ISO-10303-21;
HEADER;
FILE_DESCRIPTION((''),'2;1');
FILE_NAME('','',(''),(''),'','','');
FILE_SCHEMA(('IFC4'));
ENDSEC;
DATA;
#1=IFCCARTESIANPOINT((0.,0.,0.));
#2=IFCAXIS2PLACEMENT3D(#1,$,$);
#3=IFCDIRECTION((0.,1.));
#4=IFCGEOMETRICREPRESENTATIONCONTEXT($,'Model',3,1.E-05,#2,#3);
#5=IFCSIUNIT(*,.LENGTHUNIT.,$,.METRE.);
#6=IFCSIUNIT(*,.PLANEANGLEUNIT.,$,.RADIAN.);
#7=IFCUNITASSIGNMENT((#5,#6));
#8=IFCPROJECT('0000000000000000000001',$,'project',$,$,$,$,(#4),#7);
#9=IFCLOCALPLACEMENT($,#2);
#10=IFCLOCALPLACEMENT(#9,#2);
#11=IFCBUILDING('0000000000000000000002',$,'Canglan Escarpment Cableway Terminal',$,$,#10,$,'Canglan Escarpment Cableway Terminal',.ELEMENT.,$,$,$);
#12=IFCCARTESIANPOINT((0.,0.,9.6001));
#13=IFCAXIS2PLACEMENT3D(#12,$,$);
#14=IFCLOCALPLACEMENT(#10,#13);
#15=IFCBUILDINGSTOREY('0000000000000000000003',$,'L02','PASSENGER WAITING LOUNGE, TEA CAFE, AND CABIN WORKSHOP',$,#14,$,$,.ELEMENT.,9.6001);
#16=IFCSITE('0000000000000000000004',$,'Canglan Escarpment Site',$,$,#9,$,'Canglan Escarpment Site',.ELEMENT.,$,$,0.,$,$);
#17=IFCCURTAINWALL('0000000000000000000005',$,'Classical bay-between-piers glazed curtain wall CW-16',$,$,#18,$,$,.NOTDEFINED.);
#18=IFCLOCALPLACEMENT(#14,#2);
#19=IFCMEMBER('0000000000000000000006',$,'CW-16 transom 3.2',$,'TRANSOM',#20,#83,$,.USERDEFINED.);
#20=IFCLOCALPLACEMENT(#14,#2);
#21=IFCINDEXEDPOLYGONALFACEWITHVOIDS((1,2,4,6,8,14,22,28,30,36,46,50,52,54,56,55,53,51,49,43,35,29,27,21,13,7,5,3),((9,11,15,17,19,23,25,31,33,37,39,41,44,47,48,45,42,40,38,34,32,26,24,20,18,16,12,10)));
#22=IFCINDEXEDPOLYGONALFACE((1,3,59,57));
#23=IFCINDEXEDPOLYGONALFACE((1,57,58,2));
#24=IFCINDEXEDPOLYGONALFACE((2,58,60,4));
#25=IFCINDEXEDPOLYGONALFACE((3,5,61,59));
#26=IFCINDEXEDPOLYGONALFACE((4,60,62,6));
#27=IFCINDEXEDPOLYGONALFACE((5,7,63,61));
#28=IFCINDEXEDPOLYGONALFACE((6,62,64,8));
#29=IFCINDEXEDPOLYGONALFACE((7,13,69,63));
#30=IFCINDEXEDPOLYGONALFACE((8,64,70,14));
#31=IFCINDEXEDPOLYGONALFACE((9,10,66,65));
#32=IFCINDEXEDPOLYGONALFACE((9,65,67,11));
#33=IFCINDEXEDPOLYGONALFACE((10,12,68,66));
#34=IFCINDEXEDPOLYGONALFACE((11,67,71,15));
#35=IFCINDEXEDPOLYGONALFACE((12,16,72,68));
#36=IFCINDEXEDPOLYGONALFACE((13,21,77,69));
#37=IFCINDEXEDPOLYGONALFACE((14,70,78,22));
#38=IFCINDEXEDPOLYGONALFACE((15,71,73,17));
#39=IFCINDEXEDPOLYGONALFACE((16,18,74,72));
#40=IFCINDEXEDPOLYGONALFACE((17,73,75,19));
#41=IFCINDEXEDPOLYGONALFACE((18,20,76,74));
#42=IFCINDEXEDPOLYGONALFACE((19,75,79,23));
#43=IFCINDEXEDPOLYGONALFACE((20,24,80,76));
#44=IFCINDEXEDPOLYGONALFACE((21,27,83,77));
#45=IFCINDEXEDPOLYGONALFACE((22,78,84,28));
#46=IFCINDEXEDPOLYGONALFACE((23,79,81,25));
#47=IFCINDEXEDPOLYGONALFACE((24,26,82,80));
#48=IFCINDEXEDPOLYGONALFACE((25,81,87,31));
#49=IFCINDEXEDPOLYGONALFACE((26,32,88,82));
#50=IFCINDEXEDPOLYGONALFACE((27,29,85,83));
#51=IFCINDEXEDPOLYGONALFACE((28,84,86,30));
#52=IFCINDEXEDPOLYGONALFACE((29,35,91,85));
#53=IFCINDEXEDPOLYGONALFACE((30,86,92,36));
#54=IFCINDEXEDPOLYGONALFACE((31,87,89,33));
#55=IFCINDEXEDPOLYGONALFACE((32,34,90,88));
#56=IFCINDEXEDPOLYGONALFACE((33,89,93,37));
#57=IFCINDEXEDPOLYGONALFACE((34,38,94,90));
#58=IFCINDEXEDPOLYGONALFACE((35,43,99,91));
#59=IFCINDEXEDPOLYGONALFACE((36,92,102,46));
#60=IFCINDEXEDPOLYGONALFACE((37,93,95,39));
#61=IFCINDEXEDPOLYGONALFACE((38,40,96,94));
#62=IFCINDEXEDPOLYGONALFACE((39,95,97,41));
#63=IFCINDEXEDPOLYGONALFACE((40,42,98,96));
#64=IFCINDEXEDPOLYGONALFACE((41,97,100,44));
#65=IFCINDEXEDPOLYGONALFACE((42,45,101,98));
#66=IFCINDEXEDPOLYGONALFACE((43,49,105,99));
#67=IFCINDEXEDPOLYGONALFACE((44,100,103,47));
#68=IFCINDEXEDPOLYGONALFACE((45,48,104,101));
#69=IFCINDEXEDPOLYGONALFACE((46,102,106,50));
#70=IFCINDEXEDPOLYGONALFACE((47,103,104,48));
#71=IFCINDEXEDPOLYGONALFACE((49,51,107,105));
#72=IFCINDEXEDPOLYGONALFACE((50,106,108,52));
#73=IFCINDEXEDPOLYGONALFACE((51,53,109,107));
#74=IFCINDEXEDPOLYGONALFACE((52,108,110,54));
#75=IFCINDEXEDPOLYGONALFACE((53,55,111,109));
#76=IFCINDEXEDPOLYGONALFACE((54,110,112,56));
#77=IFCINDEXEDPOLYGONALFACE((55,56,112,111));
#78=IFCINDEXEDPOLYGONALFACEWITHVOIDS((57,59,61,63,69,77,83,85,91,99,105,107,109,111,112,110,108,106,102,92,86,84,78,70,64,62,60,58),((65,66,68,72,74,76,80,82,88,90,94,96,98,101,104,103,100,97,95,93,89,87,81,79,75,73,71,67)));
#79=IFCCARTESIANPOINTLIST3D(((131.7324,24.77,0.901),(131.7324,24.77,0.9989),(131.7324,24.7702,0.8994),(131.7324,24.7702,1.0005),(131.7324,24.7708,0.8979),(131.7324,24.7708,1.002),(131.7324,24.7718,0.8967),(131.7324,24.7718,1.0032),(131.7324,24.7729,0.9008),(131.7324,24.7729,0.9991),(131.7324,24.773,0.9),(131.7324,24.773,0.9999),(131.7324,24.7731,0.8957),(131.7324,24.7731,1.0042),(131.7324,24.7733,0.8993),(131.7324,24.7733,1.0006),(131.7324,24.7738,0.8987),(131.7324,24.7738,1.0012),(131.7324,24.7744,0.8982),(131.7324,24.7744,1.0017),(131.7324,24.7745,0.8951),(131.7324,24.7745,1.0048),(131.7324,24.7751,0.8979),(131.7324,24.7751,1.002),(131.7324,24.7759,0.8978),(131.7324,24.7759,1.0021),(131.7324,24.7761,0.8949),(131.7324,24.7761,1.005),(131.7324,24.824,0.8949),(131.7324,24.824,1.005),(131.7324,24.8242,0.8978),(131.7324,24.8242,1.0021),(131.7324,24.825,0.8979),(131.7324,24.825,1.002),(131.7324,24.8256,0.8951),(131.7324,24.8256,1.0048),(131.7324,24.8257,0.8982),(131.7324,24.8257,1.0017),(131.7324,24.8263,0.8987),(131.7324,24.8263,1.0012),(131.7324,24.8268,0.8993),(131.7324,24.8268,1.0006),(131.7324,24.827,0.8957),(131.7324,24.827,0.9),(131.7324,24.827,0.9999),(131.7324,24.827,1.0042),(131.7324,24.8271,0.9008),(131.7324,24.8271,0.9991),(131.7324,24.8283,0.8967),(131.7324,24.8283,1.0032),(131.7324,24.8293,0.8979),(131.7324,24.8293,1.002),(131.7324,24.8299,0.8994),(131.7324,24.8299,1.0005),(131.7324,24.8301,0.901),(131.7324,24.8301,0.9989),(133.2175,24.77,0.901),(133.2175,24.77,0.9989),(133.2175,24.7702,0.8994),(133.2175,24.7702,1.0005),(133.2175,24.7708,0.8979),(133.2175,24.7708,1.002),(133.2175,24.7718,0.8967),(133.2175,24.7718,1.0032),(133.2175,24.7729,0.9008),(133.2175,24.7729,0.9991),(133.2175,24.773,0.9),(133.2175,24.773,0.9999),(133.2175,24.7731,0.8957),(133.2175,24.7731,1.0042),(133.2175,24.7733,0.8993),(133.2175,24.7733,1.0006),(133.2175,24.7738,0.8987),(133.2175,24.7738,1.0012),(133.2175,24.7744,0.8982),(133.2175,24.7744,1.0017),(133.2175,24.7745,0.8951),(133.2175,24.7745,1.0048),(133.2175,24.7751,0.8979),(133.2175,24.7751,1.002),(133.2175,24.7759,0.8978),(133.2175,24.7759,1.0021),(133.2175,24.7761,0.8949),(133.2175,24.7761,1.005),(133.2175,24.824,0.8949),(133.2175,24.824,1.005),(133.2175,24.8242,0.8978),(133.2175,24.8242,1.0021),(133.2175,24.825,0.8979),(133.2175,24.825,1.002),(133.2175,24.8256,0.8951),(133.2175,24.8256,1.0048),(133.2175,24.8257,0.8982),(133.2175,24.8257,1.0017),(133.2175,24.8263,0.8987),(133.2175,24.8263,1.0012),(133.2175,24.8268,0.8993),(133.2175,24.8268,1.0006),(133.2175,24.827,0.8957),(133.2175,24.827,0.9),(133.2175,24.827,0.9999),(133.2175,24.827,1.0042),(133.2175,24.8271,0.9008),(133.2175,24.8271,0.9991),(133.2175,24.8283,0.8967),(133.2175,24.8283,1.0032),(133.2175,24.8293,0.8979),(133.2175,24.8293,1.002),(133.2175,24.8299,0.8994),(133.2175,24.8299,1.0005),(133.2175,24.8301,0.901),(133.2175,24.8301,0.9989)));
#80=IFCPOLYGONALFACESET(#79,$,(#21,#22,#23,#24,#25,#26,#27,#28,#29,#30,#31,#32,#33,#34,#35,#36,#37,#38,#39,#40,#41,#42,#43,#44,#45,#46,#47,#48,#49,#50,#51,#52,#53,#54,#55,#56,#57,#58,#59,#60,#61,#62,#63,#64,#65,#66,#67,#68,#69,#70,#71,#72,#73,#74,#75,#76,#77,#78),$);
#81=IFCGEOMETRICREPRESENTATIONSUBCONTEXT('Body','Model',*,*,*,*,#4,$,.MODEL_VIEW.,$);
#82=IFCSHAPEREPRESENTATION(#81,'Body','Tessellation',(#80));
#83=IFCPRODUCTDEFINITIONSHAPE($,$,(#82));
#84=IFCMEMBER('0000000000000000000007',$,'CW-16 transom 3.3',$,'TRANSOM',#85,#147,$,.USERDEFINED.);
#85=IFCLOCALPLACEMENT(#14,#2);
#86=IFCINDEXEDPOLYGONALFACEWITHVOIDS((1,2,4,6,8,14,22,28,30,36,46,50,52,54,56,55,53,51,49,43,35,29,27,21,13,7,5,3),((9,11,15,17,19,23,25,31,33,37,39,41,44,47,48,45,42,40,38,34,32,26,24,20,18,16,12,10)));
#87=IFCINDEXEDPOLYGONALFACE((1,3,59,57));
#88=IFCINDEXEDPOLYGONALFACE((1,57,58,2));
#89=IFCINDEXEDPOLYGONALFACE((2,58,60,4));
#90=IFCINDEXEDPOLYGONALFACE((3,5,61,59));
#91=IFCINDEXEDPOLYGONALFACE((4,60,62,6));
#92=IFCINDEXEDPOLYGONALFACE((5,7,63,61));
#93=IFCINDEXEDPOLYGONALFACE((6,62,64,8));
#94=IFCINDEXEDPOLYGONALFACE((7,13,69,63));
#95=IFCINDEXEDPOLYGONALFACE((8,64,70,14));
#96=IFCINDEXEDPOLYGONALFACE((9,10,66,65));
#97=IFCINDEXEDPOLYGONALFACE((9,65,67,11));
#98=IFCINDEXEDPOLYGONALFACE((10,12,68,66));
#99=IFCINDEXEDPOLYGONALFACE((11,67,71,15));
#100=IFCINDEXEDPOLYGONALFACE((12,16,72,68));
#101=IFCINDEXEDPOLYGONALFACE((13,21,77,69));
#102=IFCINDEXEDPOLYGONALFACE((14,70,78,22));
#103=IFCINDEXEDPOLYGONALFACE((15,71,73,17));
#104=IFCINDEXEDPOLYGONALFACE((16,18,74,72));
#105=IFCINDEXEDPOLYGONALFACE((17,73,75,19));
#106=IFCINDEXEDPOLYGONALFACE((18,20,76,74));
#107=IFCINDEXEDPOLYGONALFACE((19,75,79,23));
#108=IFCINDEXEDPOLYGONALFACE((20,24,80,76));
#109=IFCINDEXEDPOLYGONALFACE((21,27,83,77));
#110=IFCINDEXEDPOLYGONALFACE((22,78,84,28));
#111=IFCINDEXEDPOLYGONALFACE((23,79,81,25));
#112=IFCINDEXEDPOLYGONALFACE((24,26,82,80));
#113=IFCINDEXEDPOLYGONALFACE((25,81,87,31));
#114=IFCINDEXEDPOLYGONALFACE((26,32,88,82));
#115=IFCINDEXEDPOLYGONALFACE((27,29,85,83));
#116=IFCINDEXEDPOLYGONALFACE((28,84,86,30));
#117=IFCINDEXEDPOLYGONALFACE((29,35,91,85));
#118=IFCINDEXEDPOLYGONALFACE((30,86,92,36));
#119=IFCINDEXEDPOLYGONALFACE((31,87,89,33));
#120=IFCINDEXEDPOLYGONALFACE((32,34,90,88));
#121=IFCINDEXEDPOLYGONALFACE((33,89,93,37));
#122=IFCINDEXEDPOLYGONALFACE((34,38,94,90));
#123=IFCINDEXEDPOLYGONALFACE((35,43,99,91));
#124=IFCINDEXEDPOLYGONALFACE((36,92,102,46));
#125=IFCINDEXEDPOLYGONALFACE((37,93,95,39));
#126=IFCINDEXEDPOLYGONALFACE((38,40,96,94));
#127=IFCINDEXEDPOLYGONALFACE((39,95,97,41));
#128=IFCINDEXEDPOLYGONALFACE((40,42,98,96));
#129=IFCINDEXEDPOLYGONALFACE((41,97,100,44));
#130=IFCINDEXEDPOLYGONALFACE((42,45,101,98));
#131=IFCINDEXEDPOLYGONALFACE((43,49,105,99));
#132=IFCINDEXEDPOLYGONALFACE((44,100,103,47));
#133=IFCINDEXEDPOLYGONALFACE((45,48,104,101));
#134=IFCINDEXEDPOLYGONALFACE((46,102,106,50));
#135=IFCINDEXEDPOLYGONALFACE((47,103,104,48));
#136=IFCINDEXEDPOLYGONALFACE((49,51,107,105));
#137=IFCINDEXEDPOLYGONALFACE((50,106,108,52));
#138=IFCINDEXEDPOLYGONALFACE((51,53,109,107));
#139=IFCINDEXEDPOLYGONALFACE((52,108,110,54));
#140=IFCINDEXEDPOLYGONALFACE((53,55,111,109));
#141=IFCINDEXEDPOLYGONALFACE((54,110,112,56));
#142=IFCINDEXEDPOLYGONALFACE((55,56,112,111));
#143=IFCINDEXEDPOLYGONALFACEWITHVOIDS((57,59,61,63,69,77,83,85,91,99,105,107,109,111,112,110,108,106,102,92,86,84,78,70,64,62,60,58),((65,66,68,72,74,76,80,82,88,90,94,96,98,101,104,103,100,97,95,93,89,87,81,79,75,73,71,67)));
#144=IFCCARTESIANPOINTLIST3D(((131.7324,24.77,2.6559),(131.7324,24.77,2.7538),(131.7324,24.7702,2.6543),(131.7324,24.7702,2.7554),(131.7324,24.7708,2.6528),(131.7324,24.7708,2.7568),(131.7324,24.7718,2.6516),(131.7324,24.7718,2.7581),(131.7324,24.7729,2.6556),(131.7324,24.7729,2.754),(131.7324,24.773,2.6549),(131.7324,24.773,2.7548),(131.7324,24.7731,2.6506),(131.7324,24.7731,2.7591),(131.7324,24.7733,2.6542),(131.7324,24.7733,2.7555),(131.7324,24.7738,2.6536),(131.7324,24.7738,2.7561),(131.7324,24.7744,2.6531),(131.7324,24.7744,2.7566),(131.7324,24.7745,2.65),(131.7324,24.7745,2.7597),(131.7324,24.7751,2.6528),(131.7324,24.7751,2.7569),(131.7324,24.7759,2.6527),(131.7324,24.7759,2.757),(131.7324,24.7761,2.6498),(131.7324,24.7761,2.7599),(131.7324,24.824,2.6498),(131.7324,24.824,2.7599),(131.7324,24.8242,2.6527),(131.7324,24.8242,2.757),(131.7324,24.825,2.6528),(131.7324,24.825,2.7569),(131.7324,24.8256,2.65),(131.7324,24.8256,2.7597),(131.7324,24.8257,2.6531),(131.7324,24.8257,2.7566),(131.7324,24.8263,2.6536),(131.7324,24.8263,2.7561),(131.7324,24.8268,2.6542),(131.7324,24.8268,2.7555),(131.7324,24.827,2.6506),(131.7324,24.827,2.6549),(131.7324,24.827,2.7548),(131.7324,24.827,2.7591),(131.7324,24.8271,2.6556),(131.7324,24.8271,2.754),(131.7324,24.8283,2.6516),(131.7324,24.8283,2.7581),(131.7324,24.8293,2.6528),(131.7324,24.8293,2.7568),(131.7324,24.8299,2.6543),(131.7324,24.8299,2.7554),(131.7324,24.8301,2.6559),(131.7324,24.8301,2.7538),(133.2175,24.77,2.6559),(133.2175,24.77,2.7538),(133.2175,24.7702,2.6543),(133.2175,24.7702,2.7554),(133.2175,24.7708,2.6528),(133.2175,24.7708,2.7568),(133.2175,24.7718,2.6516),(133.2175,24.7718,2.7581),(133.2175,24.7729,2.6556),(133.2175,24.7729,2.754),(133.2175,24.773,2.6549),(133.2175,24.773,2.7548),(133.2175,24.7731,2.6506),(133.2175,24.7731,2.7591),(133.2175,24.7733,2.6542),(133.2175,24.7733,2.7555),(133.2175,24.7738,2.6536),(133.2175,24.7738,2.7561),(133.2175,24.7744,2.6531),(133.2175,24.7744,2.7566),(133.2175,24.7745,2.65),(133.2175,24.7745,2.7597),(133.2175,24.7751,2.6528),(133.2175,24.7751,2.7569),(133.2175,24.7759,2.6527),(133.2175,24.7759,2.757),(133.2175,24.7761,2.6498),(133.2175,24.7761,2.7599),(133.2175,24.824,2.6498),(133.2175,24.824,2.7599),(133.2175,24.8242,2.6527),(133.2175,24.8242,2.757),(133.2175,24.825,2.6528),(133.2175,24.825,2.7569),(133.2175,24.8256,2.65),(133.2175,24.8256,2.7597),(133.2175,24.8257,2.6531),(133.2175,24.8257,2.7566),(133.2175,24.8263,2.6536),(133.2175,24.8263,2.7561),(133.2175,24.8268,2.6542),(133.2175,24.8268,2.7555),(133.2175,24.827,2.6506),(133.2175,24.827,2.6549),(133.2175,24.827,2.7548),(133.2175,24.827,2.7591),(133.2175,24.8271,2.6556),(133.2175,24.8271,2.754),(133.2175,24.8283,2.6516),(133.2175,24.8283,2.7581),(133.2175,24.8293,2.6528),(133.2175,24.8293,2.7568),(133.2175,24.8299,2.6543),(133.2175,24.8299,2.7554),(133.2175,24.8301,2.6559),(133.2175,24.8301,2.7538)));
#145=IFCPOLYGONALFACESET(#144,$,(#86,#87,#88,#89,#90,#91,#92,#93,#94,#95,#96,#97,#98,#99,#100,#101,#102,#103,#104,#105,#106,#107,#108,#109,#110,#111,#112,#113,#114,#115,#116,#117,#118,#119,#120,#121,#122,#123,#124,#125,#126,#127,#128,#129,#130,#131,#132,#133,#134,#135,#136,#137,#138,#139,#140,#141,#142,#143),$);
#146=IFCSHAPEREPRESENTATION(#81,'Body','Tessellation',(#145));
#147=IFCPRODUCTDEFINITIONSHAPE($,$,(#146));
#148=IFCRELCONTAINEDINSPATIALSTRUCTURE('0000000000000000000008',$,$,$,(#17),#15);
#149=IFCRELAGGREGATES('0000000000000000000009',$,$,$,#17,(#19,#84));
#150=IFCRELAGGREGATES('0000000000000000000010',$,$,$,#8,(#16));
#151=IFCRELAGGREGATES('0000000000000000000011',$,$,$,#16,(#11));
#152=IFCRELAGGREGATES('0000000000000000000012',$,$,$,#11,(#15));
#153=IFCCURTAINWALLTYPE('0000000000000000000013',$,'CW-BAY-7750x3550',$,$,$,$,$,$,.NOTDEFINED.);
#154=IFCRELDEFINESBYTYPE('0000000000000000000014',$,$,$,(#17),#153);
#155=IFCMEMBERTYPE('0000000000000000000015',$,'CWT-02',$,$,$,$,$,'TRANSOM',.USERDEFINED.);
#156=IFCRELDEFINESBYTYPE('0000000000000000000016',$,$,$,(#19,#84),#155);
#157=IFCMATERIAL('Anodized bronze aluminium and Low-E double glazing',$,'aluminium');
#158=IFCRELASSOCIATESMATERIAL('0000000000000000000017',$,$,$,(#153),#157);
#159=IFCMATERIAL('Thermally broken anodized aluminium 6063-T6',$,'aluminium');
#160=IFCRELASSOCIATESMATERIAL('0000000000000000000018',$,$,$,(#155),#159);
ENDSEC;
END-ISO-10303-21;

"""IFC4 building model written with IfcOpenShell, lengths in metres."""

from ifc_helpers import new_model, si_unit, direction, frame, origin, origin_2d, place, context, subcontext, project, spatial, hollow_rectangle, extrude, material, material_profile, profile_set, type_object, element, aggregate, save


model = new_model("IFC4")

# Units and contexts
model_context = context("Model", 3, precision=1e-05, world=origin(), true_north=direction((0.0, 1.0)))
body_context = subcontext(model_context, "Body", "Model", "MODEL_VIEW")
ifc_project = project(units=[si_unit("LENGTHUNIT", "METRE"), si_unit("PLANEANGLEUNIT", "RADIAN")], contexts=[model_context])

# Site, building, storey
site_placement = place(None, origin())
site = spatial("IfcSite", under=ifc_project, at=site_placement, Name="Canglan Escarpment Site", LongName="Canglan Escarpment Site", CompositionType="ELEMENT", RefElevation=0.0)
building_placement = place(site_placement, origin())
building = spatial("IfcBuilding", under=site, at=building_placement, Name="Canglan Escarpment Cableway Terminal", LongName="Canglan Escarpment Cableway Terminal", CompositionType="ELEMENT")
storey_placement = place(building_placement, frame((0.0, 0.0, 9.6001)))
storey = spatial("IfcBuildingStorey", under=building, at=storey_placement, Name="L02", Description="PASSENGER WAITING LOUNGE, TEA CAFE, AND CABIN WORKSHOP", CompositionType="ELEMENT", Elevation=9.6001)

# Curtain wall, members
ifc_material_1 = material(Name="Anodized bronze aluminium and Low-E double glazing", Category="aluminium")
curtain_wall_type = type_object("IfcCurtainWallType", Name="CW-BAY-7750x3550", PredefinedType="NOTDEFINED", material=ifc_material_1)
curtain_wall_placement = place(storey_placement, origin())
curtain_wall = element("IfcCurtainWall", 1, at=curtain_wall_placement, inside=storey, type_object=curtain_wall_type, Name="Classical bay-between-piers glazed curtain wall CW-16", PredefinedType="NOTDEFINED")
ifc_material_2 = material(Name="Thermally broken anodized aluminium 6063-T6", Category="aluminium")
ifc_material_profile_1 = material_profile(ifc_material_2, hollow_rectangle(XDim=0.0601, YDim=0.1101, WallThickness=0.0029, InnerFilletRadius=0.0029, OuterFilletRadius=0.0061, at=origin_2d()), Name="ALU-TRAN 60x110x3")
ifc_profile_set_1 = profile_set([ifc_material_profile_1], Name="Thermally broken anodized aluminium 6063-T6")
member_type_1 = type_object("IfcMemberType", Name="CWT-02", ElementType="TRANSOM", PredefinedType="USERDEFINED", material=ifc_profile_set_1)
member_1_placement = place(storey_placement, frame((133.2175, 24.8, 0.95), z_axis=(-1.0, 0.0, 0.0), x_axis=(0.0, -1.0, 0.0)))
member_1 = element("IfcMember", 2, at=member_1_placement, type_object=member_type_1, Name="CW-16 transom 3.2", ObjectType="TRANSOM", PredefinedType="USERDEFINED", context=body_context, shape_type="SweptSolid", body=[
    extrude(hollow_rectangle(XDim=0.0601, YDim=0.1101, WallThickness=0.0029, InnerFilletRadius=0.0029, OuterFilletRadius=0.0061, at=origin_2d()), origin(), (0.0, 0.0, 1.0), 1.4851),
])
member_2_placement = place(storey_placement, frame((133.2175, 24.8, 2.7048), z_axis=(-1.0, 0.0, 0.0), x_axis=(0.0, -1.0, 0.0)))
member_2 = element("IfcMember", 3, at=member_2_placement, type_object=member_type_1, Name="CW-16 transom 3.3", ObjectType="TRANSOM", PredefinedType="USERDEFINED", context=body_context, shape_type="SweptSolid", body=[
    extrude(hollow_rectangle(XDim=0.0601, YDim=0.1101, WallThickness=0.0029, InnerFilletRadius=0.0029, OuterFilletRadius=0.0061, at=origin_2d()), origin(), (0.0, 0.0, 1.0), 1.4851),
])
aggregate(curtain_wall, [member_1, member_2])

save(model, "model.ifc")
